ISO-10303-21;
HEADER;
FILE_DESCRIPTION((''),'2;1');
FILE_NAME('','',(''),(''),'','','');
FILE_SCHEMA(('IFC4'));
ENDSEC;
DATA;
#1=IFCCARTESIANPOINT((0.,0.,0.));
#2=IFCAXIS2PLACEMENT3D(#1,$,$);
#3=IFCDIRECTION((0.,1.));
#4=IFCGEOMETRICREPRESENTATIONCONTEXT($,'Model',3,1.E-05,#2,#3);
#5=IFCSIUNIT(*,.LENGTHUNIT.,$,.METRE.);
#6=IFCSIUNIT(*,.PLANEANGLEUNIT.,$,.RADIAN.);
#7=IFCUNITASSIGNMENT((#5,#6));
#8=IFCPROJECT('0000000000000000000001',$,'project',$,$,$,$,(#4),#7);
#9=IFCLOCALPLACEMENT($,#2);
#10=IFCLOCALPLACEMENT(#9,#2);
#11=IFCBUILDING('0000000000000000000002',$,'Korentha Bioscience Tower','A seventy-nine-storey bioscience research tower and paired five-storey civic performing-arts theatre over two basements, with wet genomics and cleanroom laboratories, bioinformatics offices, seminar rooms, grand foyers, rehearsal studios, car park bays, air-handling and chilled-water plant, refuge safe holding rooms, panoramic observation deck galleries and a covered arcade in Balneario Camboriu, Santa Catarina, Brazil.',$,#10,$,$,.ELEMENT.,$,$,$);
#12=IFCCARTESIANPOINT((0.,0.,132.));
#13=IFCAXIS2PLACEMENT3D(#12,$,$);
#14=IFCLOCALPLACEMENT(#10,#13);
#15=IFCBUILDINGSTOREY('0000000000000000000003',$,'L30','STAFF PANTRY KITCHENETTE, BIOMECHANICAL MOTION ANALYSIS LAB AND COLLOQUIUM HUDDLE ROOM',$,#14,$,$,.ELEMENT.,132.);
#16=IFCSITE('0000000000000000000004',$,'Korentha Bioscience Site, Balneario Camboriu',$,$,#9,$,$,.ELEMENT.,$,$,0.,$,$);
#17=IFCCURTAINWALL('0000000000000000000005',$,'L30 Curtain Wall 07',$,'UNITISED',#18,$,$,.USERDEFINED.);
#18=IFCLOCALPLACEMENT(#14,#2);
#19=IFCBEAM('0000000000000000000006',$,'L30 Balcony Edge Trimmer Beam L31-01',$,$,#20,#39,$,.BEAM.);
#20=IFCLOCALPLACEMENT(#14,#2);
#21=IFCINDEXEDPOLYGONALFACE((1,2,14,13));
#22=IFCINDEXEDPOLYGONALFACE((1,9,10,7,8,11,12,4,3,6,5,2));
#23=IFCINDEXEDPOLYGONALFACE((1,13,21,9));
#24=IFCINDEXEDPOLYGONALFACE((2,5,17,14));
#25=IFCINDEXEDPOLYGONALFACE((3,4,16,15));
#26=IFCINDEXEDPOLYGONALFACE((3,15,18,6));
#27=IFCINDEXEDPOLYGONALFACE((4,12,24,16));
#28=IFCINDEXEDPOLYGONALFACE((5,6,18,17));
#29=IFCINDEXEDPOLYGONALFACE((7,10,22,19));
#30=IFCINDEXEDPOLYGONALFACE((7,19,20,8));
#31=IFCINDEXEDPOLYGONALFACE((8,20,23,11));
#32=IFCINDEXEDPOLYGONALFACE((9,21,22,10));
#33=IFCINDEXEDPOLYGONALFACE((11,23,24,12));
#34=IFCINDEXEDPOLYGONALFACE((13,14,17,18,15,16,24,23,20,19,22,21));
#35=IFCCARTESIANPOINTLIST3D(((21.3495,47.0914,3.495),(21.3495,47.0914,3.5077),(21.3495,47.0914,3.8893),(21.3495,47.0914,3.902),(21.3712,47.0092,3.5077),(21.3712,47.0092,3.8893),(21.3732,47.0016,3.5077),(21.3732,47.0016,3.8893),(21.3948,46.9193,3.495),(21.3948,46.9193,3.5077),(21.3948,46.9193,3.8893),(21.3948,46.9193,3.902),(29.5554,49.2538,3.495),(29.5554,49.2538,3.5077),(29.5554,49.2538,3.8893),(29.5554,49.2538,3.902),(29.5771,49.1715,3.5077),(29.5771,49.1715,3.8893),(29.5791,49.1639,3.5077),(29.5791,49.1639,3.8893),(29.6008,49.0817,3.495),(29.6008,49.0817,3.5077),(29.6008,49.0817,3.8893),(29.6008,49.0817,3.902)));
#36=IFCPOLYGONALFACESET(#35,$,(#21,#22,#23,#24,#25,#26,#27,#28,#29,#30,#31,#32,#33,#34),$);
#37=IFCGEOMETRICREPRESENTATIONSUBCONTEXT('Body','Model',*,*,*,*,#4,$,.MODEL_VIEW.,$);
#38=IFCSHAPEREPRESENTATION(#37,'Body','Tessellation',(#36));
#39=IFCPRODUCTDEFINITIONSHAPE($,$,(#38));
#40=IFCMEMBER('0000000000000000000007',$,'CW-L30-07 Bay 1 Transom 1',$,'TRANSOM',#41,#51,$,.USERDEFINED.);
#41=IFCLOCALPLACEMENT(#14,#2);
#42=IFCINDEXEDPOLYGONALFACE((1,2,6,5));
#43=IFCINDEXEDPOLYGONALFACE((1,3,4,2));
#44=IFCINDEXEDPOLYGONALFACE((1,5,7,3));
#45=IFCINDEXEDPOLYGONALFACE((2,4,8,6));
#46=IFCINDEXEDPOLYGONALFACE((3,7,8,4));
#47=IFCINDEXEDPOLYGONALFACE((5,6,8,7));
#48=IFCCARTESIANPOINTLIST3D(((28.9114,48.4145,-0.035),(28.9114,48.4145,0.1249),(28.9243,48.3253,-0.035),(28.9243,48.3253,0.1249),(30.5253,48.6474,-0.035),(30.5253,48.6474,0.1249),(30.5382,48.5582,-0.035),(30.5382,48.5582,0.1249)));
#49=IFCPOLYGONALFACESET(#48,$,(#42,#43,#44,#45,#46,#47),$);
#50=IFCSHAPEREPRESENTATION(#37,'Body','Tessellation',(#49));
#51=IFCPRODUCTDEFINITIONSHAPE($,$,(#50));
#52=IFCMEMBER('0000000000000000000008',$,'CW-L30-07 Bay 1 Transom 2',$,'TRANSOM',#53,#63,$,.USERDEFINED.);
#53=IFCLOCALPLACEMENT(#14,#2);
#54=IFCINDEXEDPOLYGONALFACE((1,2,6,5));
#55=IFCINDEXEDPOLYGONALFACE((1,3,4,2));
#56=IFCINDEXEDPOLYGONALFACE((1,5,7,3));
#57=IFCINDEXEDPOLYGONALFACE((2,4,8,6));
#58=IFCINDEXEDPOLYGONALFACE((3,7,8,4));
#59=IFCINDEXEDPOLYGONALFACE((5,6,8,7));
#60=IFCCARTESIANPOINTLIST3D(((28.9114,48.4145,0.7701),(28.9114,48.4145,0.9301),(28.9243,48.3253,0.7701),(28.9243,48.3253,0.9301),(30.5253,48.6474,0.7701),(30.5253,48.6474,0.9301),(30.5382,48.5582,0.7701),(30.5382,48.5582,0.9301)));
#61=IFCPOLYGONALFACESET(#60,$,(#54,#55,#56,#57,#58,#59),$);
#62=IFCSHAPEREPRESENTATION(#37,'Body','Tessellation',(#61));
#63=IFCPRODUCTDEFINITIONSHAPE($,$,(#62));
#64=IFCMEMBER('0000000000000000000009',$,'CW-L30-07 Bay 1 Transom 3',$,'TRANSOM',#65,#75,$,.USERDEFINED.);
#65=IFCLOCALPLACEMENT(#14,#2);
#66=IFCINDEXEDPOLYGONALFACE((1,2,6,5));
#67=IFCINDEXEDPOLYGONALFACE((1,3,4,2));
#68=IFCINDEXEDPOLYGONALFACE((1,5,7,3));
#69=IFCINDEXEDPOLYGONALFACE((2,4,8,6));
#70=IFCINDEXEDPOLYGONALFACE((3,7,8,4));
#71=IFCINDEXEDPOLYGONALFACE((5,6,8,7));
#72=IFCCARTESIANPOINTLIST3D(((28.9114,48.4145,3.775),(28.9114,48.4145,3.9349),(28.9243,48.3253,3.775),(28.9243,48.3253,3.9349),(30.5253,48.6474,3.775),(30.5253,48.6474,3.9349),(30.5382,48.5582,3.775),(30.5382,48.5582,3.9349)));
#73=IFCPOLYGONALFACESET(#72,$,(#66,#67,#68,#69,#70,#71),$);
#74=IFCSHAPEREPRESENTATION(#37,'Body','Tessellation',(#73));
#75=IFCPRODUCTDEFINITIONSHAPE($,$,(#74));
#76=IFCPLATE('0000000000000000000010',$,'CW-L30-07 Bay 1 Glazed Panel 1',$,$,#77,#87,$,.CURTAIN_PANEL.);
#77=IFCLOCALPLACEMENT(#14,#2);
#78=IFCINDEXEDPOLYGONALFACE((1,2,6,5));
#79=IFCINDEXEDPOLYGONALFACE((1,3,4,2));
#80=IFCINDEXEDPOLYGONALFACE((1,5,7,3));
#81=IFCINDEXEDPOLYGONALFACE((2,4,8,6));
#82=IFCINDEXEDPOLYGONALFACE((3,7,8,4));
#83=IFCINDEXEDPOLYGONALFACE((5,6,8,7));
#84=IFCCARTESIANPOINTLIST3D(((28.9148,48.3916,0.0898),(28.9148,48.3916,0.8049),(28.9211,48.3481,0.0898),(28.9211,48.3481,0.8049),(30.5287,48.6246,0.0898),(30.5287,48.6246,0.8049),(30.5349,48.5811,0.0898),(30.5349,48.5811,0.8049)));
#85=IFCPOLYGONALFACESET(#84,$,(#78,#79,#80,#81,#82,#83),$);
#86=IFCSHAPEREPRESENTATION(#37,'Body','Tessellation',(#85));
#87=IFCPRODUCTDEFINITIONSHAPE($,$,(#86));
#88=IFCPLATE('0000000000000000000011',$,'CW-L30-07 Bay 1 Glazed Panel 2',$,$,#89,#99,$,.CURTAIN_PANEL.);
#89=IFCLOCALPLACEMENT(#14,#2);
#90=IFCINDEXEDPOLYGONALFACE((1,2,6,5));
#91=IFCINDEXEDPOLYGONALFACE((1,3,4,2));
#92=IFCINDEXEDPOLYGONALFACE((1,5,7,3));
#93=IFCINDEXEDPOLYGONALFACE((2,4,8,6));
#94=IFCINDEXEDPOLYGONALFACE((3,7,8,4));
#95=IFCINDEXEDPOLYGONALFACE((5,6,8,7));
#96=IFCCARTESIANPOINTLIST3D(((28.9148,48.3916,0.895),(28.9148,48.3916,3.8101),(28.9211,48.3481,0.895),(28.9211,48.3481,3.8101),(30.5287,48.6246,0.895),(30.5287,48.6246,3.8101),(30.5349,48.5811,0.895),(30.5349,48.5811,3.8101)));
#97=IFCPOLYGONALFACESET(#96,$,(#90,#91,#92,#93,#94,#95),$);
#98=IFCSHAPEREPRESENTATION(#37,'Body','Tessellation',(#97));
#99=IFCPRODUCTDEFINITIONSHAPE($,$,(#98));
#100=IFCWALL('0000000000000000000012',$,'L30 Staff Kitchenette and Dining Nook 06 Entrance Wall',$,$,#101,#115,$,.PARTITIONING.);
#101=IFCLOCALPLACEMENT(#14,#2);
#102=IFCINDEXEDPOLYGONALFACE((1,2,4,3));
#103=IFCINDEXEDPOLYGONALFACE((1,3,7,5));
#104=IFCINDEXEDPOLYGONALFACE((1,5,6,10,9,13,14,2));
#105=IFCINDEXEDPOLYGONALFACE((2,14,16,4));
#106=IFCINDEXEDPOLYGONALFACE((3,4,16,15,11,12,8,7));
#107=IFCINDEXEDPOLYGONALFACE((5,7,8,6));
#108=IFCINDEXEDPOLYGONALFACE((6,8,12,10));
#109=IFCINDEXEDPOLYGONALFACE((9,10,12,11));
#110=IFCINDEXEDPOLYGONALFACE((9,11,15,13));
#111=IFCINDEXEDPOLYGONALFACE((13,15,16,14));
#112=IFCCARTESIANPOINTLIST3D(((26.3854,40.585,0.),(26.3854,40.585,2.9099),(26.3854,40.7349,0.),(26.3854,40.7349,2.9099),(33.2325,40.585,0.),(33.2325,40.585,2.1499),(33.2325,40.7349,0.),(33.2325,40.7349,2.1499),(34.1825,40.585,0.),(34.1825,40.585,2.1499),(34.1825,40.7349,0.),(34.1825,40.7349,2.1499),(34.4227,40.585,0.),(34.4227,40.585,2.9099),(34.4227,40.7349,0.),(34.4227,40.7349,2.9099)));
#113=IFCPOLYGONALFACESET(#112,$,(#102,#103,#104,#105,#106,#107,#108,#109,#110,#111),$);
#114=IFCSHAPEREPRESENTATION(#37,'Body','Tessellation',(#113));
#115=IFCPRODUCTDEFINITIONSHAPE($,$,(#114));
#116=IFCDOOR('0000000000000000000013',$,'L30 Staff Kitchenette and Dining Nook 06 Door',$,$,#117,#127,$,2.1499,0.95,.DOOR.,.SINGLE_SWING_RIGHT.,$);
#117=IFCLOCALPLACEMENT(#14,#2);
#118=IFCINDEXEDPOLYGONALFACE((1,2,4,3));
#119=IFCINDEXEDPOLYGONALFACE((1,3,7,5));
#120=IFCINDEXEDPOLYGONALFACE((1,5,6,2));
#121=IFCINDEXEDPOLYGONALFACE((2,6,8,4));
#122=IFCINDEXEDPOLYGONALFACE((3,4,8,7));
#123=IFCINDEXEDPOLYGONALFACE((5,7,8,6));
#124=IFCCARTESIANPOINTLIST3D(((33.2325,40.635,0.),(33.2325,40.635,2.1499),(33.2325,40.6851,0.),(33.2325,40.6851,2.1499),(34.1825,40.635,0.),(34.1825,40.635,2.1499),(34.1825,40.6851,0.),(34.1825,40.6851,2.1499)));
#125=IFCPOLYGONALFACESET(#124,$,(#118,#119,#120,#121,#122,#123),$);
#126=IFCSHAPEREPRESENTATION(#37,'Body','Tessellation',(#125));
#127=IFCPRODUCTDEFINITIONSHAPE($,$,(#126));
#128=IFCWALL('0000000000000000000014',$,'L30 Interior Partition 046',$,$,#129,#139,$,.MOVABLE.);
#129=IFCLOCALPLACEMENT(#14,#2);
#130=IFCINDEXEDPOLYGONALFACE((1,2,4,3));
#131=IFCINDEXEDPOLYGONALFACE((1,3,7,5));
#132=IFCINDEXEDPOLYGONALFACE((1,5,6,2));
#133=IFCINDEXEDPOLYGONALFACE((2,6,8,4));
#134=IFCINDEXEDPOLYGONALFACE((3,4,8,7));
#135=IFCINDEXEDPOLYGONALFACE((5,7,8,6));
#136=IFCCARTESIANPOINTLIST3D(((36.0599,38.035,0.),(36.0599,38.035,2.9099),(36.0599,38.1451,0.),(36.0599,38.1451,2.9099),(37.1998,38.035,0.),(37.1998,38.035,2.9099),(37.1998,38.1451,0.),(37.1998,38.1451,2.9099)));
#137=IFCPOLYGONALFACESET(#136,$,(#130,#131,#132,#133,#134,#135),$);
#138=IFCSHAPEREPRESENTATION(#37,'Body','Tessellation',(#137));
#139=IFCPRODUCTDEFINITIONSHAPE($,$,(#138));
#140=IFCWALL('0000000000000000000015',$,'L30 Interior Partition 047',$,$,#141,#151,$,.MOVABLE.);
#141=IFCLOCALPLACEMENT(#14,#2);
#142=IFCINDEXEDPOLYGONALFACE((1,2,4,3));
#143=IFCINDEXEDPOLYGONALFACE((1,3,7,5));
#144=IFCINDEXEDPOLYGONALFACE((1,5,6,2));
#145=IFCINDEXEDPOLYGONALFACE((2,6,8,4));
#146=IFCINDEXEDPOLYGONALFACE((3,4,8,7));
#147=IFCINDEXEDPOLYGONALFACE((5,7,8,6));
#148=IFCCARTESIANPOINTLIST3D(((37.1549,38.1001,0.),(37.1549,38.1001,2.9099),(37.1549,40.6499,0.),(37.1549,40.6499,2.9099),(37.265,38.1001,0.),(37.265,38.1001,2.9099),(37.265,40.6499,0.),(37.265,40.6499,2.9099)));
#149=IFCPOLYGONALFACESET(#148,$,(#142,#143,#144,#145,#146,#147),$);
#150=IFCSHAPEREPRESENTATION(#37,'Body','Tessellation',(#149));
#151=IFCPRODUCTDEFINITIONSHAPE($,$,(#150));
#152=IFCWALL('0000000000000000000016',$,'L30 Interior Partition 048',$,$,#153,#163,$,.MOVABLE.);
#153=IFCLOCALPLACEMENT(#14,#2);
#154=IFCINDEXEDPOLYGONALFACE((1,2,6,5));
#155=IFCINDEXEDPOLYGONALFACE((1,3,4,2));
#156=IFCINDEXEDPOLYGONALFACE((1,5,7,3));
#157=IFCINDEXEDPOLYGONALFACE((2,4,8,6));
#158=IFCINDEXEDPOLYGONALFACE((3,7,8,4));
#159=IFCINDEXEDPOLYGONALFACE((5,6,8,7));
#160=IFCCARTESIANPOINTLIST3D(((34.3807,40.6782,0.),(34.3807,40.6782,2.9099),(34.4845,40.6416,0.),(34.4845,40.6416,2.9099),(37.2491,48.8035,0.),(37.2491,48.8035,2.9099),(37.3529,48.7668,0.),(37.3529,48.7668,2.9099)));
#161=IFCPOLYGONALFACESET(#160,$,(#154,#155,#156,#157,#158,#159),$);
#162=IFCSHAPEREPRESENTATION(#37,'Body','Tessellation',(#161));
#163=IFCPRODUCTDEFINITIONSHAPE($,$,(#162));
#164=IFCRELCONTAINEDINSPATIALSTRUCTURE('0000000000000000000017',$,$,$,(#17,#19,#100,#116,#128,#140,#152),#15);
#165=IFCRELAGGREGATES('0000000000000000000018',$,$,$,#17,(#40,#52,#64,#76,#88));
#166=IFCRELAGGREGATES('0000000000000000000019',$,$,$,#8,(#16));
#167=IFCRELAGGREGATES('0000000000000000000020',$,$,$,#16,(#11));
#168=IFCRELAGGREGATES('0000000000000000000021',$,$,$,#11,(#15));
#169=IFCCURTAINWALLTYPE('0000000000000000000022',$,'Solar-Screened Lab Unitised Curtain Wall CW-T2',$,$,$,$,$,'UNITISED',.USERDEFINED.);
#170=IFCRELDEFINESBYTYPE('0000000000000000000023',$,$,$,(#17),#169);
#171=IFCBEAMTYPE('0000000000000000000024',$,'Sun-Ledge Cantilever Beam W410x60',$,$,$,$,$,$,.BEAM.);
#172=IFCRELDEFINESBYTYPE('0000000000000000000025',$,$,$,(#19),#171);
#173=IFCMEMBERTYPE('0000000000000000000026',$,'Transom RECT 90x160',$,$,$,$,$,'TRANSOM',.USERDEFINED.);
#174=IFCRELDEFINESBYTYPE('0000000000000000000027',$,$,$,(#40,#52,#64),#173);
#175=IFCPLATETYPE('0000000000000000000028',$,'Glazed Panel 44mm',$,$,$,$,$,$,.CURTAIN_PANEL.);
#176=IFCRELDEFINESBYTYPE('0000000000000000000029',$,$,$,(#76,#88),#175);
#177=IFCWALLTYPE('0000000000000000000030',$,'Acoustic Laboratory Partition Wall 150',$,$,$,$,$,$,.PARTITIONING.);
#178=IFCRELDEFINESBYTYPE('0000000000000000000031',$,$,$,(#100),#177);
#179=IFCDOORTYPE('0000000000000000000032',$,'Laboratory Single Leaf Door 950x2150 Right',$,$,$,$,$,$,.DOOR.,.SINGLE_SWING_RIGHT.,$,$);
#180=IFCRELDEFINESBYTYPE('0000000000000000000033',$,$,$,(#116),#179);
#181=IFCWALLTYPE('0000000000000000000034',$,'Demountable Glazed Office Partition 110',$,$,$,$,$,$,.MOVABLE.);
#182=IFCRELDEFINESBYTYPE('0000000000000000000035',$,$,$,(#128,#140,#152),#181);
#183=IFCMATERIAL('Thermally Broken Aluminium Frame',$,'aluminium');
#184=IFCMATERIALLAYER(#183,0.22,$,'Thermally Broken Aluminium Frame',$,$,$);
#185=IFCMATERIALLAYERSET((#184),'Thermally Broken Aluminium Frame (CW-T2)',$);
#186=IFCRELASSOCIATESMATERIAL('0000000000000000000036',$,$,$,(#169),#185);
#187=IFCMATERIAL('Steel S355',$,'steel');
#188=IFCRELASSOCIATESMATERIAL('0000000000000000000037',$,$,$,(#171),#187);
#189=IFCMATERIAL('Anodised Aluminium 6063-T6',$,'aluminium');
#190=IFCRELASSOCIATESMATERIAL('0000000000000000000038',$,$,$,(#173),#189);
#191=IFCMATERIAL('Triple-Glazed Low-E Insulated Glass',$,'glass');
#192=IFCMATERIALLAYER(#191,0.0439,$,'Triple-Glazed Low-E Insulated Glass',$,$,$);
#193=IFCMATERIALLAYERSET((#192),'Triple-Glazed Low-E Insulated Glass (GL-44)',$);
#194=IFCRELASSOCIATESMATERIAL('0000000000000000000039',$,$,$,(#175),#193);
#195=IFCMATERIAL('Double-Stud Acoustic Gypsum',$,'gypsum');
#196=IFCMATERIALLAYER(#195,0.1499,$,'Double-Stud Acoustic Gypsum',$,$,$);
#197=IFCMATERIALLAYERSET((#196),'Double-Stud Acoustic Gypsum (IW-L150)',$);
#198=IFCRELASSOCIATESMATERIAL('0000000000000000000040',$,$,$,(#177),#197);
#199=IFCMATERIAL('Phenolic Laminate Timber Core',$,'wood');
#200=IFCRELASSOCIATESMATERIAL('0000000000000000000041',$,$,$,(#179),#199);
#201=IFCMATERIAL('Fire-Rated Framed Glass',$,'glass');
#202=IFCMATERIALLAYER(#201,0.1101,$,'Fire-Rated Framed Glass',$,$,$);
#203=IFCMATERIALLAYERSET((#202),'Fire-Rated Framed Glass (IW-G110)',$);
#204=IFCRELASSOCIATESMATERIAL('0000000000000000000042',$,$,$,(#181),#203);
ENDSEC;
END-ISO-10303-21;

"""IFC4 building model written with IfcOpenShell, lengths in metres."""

from ifc_helpers import new_model, si_unit, direction, frame, frame_2d, origin, origin_2d, place, context, subcontext, project, spatial, rectangle, i_section, extrude, material, layer, layer_set, material_profile, profile_set, type_object, element, fill, aggregate, save


model = new_model("IFC4")

# Units and contexts
model_context = context("Model", 3, precision=1e-05, world=origin(), true_north=direction((0.0, 1.0)))
body_context = subcontext(model_context, "Body", "Model", "MODEL_VIEW")
ifc_project = project(units=[si_unit("LENGTHUNIT", "METRE"), si_unit("PLANEANGLEUNIT", "RADIAN")], contexts=[model_context])

# Site, building, storey
site_placement = place(None, origin())
site = spatial("IfcSite", under=ifc_project, at=site_placement, Name="Korentha Bioscience Site, Balneario Camboriu", CompositionType="ELEMENT", RefElevation=0.0)
building_placement = place(site_placement, origin())
building = spatial("IfcBuilding", under=site, at=building_placement, Name="Korentha Bioscience Tower", Description="A seventy-nine-storey bioscience research tower and paired five-storey civic performing-arts theatre over two basements, with wet genomics and cleanroom laboratories, bioinformatics offices, seminar rooms, grand foyers, rehearsal studios, car park bays, air-handling and chilled-water plant, refuge safe holding rooms, panoramic observation deck galleries and a covered arcade in Balneario Camboriu, Santa Catarina, Brazil.", CompositionType="ELEMENT")
storey_placement = place(building_placement, frame((0.0, 0.0, 132.0)))
storey = spatial("IfcBuildingStorey", under=building, at=storey_placement, Name="L30", Description="STAFF PANTRY KITCHENETTE, BIOMECHANICAL MOTION ANALYSIS LAB AND COLLOQUIUM HUDDLE ROOM", CompositionType="ELEMENT", Elevation=132.0)

# Curtain wall
ifc_material_1 = material(Name="Thermally Broken Aluminium Frame", Category="aluminium")
ifc_layer_1 = layer(ifc_material_1, 0.22, Name="Thermally Broken Aluminium Frame")
ifc_layer_set_1 = layer_set([ifc_layer_1], Name="Thermally Broken Aluminium Frame (CW-T2)")
curtain_wall_type = type_object("IfcCurtainWallType", Name="Solar-Screened Lab Unitised Curtain Wall CW-T2", ElementType="UNITISED", PredefinedType="USERDEFINED", material=ifc_layer_set_1)
curtain_wall_placement = place(storey_placement, origin())
curtain_wall = element("IfcCurtainWall", 1, at=curtain_wall_placement, inside=storey, type_object=curtain_wall_type, Name="L30 Curtain Wall 07", ObjectType="UNITISED", PredefinedType="USERDEFINED")
ifc_material_2 = material(Name="Anodised Aluminium 6063-T6", Category="aluminium")

# Beam
ifc_material_3 = material(Name="Steel S355", Category="steel")
ifc_material_profile_1 = material_profile(ifc_material_3, i_section(OverallWidth=0.178, OverallDepth=0.407, WebThickness=0.0078, FlangeThickness=0.0127, at=origin_2d()), Name="Steel S355")
ifc_profile_set_1 = profile_set([ifc_material_profile_1], Name="Steel S355 (CB-410)")
beam_type_1 = type_object("IfcBeamType", Name="Sun-Ledge Cantilever Beam W410x60", PredefinedType="BEAM", material=ifc_profile_set_1)
beam_1_placement = place(storey_placement, frame((29.5781, 49.1677, 3.6985), z_axis=(-0.966991, -0.254809, 0.0), x_axis=(0.254809, -0.966991, 0.0)))
element("IfcBeam", 2, at=beam_1_placement, inside=storey, type_object=beam_type_1, Name="L30 Balcony Edge Trimmer Beam L31-01", PredefinedType="BEAM", context=body_context, shape_type="SweptSolid", body=[
    extrude(i_section(OverallWidth=0.178, OverallDepth=0.407, WebThickness=0.0078, FlangeThickness=0.0127, at=origin_2d()), origin(), (0.0, 0.0, 1.0), 8.4861),
])

# Members
ifc_material_profile_2 = material_profile(ifc_material_2, rectangle(XDim=0.0901, YDim=0.1599, at=origin_2d()), Name="Anodised Aluminium 6063-T6")
ifc_profile_set_2 = profile_set([ifc_material_profile_2], Name="Anodised Aluminium 6063-T6 (CW-TRN)")
member_type_1 = type_object("IfcMemberType", Name="Transom RECT 90x160", ElementType="TRANSOM", PredefinedType="USERDEFINED", material=ifc_profile_set_2)
member_1_placement = place(storey_placement, frame((30.5317, 48.6028, 0.0449), z_axis=(-0.989748, -0.142826, 0.0), x_axis=(0.142826, -0.989748, 0.0)))
member_1 = element("IfcMember", 3, at=member_1_placement, type_object=member_type_1, Name="CW-L30-07 Bay 1 Transom 1", ObjectType="TRANSOM", PredefinedType="USERDEFINED", context=body_context, shape_type="SweptSolid", body=[
    extrude(rectangle(XDim=0.0901, YDim=0.1599, at=origin_2d()), origin(), (0.0, 0.0, 1.0), 1.6306),
])
member_2_placement = place(storey_placement, frame((30.5317, 48.6028, 0.8501), z_axis=(-0.989748, -0.142826, 0.0), x_axis=(0.142826, -0.989748, 0.0)))
member_2 = element("IfcMember", 4, at=member_2_placement, type_object=member_type_1, Name="CW-L30-07 Bay 1 Transom 2", ObjectType="TRANSOM", PredefinedType="USERDEFINED", context=body_context, shape_type="SweptSolid", body=[
    extrude(rectangle(XDim=0.0901, YDim=0.1599, at=origin_2d()), origin(), (0.0, 0.0, 1.0), 1.6306),
])
member_3_placement = place(storey_placement, frame((30.5317, 48.6028, 3.855), z_axis=(-0.989748, -0.142826, 0.0), x_axis=(0.142826, -0.989748, 0.0)))
member_3 = element("IfcMember", 5, at=member_3_placement, type_object=member_type_1, Name="CW-L30-07 Bay 1 Transom 3", ObjectType="TRANSOM", PredefinedType="USERDEFINED", context=body_context, shape_type="SweptSolid", body=[
    extrude(rectangle(XDim=0.0901, YDim=0.1599, at=origin_2d()), origin(), (0.0, 0.0, 1.0), 1.6306),
])

# Plates
ifc_material_4 = material(Name="Triple-Glazed Low-E Insulated Glass", Category="glass")
ifc_layer_2 = layer(ifc_material_4, 0.0439, Name="Triple-Glazed Low-E Insulated Glass")
ifc_layer_set_2 = layer_set([ifc_layer_2], Name="Triple-Glazed Low-E Insulated Glass (GL-44)")
plate_type = type_object("IfcPlateType", Name="Glazed Panel 44mm", PredefinedType="CURTAIN_PANEL", material=ifc_layer_set_2)
plate_1_placement = place(storey_placement, frame((29.7249, 48.4863, 0.0898), z_axis=(0.0, 0.0, 1.0), x_axis=(-0.989738, -0.142892, 0.0)))
plate_1 = element("IfcPlate", 6, at=plate_1_placement, type_object=plate_type, Name="CW-L30-07 Bay 1 Glazed Panel 1", PredefinedType="CURTAIN_PANEL", context=body_context, shape_type="SweptSolid", body=[
    extrude(rectangle(XDim=1.6306, YDim=0.0439, at=origin_2d()), origin(), (0.0, 0.0, 1.0), 0.7151),
])
plate_2_placement = place(storey_placement, frame((29.7249, 48.4863, 0.895), z_axis=(0.0, 0.0, 1.0), x_axis=(-0.989738, -0.142892, 0.0)))
plate_2 = element("IfcPlate", 7, at=plate_2_placement, type_object=plate_type, Name="CW-L30-07 Bay 1 Glazed Panel 2", PredefinedType="CURTAIN_PANEL", context=body_context, shape_type="SweptSolid", body=[
    extrude(rectangle(XDim=1.6306, YDim=0.0439, at=origin_2d()), origin(), (0.0, 0.0, 1.0), 2.915),
])
aggregate(curtain_wall, [member_1, member_2, member_3, plate_1, plate_2])

# Wall, opening, door
ifc_material_5 = material(Name="Double-Stud Acoustic Gypsum", Category="gypsum")
ifc_layer_3 = layer(ifc_material_5, 0.1499, Name="Double-Stud Acoustic Gypsum")
ifc_layer_set_3 = layer_set([ifc_layer_3], Name="Double-Stud Acoustic Gypsum (IW-L150)")
wall_type_1 = type_object("IfcWallType", Name="Acoustic Laboratory Partition Wall 150", PredefinedType="PARTITIONING", material=ifc_layer_set_3)
wall_1_placement = place(storey_placement, frame((34.4226, 40.6599, 0.0), z_axis=(0.0, 0.0, 1.0), x_axis=(-1.0, 0.0, 0.0)))
wall_1 = element("IfcWall", 8, at=wall_1_placement, inside=storey, type_object=wall_type_1, Name="L30 Staff Kitchenette and Dining Nook 06 Entrance Wall", PredefinedType="PARTITIONING", context=body_context, shape_type="SweptSolid", body=[
    extrude(rectangle(XDim=8.0374, YDim=0.1499, at=frame_2d((4.0186, 0.0))), origin(), (0.0, 0.0, 1.0), 2.9099),
])
opening_1_placement = place(wall_1_placement, frame((0.24, 0.0, 0.0)))
opening_1 = element("IfcOpeningElement", 9, at=opening_1_placement, cuts=wall_1, PredefinedType="OPENING", context=body_context, shape_type="SweptSolid", body=[
    extrude(rectangle(XDim=0.95, YDim=2.1499, at=frame_2d((0.4751, 1.075))), frame((0.0, 0.0898, 0.0), z_axis=(0.0, -1.0, 0.0), x_axis=(1.0, 0.0, 0.0)), (0.0, 0.0, 1.0), 0.1797),
])
ifc_material_6 = material(Name="Phenolic Laminate Timber Core", Category="wood")
door_type_1 = type_object("IfcDoorType", Name="Laboratory Single Leaf Door 950x2150 Right", OperationType="SINGLE_SWING_RIGHT", PredefinedType="DOOR", material=ifc_material_6)
door_1_placement = place(opening_1_placement, origin())
door_1 = element("IfcDoor", 10, at=door_1_placement, inside=storey, type_object=door_type_1, Name="L30 Staff Kitchenette and Dining Nook 06 Door", OperationType="SINGLE_SWING_RIGHT", OverallHeight=2.1499, OverallWidth=0.95, PredefinedType="DOOR", context=body_context, shape_type="SweptSolid", body=[
    extrude(rectangle(XDim=0.95, YDim=2.1499, at=frame_2d((0.4751, 1.075))), frame((0.0, 0.0249, 0.0), z_axis=(0.0, -1.0, 0.0), x_axis=(1.0, 0.0, 0.0)), (0.0, 0.0, 1.0), 0.05),
])
fill(opening_1, door_1)
ifc_material_7 = material(Name="Fire-Rated Framed Glass", Category="glass")
ifc_layer_4 = layer(ifc_material_7, 0.1101, Name="Fire-Rated Framed Glass")
ifc_layer_set_4 = layer_set([ifc_layer_4], Name="Fire-Rated Framed Glass (IW-G110)")
wall_type_2 = type_object("IfcWallType", Name="Demountable Glazed Office Partition 110", PredefinedType="MOVABLE", material=ifc_layer_set_4)

# Walls
wall_2_placement = place(storey_placement, frame((36.0601, 38.0901, 0.0), z_axis=(0.0, 0.0, 1.0), x_axis=(1.0, 0.0, 0.0)))
element("IfcWall", 11, at=wall_2_placement, inside=storey, type_object=wall_type_2, Name="L30 Interior Partition 046", PredefinedType="MOVABLE", context=body_context, shape_type="SweptSolid", body=[
    extrude(rectangle(XDim=1.1399, YDim=0.1101, at=frame_2d((0.5698, 0.0))), origin(), (0.0, 0.0, 1.0), 2.9099),
])
wall_3_placement = place(storey_placement, frame((37.21, 38.1001, 0.0), z_axis=(0.0, 0.0, 1.0), x_axis=(0.0, 1.0, 0.0)))
element("IfcWall", 12, at=wall_3_placement, inside=storey, type_object=wall_type_2, Name="L30 Interior Partition 047", PredefinedType="MOVABLE", context=body_context, shape_type="SweptSolid", body=[
    extrude(rectangle(XDim=2.5498, YDim=0.1101, at=frame_2d((1.2749, 0.0))), origin(), (0.0, 0.0, 1.0), 2.9099),
])
wall_4_placement = place(storey_placement, frame((34.4326, 40.6599, 0.0), z_axis=(0.0, 0.0, 1.0), x_axis=(0.33289, 0.942966, 0.0)))
element("IfcWall", 13, at=wall_4_placement, inside=storey, type_object=wall_type_2, Name="L30 Interior Partition 048", PredefinedType="MOVABLE", context=body_context, shape_type="SweptSolid", body=[
    extrude(rectangle(XDim=8.6167, YDim=0.1101, at=frame_2d((4.3083, 0.0))), origin(), (0.0, 0.0, 1.0), 2.9099),
])

save(model, "model.ifc")
